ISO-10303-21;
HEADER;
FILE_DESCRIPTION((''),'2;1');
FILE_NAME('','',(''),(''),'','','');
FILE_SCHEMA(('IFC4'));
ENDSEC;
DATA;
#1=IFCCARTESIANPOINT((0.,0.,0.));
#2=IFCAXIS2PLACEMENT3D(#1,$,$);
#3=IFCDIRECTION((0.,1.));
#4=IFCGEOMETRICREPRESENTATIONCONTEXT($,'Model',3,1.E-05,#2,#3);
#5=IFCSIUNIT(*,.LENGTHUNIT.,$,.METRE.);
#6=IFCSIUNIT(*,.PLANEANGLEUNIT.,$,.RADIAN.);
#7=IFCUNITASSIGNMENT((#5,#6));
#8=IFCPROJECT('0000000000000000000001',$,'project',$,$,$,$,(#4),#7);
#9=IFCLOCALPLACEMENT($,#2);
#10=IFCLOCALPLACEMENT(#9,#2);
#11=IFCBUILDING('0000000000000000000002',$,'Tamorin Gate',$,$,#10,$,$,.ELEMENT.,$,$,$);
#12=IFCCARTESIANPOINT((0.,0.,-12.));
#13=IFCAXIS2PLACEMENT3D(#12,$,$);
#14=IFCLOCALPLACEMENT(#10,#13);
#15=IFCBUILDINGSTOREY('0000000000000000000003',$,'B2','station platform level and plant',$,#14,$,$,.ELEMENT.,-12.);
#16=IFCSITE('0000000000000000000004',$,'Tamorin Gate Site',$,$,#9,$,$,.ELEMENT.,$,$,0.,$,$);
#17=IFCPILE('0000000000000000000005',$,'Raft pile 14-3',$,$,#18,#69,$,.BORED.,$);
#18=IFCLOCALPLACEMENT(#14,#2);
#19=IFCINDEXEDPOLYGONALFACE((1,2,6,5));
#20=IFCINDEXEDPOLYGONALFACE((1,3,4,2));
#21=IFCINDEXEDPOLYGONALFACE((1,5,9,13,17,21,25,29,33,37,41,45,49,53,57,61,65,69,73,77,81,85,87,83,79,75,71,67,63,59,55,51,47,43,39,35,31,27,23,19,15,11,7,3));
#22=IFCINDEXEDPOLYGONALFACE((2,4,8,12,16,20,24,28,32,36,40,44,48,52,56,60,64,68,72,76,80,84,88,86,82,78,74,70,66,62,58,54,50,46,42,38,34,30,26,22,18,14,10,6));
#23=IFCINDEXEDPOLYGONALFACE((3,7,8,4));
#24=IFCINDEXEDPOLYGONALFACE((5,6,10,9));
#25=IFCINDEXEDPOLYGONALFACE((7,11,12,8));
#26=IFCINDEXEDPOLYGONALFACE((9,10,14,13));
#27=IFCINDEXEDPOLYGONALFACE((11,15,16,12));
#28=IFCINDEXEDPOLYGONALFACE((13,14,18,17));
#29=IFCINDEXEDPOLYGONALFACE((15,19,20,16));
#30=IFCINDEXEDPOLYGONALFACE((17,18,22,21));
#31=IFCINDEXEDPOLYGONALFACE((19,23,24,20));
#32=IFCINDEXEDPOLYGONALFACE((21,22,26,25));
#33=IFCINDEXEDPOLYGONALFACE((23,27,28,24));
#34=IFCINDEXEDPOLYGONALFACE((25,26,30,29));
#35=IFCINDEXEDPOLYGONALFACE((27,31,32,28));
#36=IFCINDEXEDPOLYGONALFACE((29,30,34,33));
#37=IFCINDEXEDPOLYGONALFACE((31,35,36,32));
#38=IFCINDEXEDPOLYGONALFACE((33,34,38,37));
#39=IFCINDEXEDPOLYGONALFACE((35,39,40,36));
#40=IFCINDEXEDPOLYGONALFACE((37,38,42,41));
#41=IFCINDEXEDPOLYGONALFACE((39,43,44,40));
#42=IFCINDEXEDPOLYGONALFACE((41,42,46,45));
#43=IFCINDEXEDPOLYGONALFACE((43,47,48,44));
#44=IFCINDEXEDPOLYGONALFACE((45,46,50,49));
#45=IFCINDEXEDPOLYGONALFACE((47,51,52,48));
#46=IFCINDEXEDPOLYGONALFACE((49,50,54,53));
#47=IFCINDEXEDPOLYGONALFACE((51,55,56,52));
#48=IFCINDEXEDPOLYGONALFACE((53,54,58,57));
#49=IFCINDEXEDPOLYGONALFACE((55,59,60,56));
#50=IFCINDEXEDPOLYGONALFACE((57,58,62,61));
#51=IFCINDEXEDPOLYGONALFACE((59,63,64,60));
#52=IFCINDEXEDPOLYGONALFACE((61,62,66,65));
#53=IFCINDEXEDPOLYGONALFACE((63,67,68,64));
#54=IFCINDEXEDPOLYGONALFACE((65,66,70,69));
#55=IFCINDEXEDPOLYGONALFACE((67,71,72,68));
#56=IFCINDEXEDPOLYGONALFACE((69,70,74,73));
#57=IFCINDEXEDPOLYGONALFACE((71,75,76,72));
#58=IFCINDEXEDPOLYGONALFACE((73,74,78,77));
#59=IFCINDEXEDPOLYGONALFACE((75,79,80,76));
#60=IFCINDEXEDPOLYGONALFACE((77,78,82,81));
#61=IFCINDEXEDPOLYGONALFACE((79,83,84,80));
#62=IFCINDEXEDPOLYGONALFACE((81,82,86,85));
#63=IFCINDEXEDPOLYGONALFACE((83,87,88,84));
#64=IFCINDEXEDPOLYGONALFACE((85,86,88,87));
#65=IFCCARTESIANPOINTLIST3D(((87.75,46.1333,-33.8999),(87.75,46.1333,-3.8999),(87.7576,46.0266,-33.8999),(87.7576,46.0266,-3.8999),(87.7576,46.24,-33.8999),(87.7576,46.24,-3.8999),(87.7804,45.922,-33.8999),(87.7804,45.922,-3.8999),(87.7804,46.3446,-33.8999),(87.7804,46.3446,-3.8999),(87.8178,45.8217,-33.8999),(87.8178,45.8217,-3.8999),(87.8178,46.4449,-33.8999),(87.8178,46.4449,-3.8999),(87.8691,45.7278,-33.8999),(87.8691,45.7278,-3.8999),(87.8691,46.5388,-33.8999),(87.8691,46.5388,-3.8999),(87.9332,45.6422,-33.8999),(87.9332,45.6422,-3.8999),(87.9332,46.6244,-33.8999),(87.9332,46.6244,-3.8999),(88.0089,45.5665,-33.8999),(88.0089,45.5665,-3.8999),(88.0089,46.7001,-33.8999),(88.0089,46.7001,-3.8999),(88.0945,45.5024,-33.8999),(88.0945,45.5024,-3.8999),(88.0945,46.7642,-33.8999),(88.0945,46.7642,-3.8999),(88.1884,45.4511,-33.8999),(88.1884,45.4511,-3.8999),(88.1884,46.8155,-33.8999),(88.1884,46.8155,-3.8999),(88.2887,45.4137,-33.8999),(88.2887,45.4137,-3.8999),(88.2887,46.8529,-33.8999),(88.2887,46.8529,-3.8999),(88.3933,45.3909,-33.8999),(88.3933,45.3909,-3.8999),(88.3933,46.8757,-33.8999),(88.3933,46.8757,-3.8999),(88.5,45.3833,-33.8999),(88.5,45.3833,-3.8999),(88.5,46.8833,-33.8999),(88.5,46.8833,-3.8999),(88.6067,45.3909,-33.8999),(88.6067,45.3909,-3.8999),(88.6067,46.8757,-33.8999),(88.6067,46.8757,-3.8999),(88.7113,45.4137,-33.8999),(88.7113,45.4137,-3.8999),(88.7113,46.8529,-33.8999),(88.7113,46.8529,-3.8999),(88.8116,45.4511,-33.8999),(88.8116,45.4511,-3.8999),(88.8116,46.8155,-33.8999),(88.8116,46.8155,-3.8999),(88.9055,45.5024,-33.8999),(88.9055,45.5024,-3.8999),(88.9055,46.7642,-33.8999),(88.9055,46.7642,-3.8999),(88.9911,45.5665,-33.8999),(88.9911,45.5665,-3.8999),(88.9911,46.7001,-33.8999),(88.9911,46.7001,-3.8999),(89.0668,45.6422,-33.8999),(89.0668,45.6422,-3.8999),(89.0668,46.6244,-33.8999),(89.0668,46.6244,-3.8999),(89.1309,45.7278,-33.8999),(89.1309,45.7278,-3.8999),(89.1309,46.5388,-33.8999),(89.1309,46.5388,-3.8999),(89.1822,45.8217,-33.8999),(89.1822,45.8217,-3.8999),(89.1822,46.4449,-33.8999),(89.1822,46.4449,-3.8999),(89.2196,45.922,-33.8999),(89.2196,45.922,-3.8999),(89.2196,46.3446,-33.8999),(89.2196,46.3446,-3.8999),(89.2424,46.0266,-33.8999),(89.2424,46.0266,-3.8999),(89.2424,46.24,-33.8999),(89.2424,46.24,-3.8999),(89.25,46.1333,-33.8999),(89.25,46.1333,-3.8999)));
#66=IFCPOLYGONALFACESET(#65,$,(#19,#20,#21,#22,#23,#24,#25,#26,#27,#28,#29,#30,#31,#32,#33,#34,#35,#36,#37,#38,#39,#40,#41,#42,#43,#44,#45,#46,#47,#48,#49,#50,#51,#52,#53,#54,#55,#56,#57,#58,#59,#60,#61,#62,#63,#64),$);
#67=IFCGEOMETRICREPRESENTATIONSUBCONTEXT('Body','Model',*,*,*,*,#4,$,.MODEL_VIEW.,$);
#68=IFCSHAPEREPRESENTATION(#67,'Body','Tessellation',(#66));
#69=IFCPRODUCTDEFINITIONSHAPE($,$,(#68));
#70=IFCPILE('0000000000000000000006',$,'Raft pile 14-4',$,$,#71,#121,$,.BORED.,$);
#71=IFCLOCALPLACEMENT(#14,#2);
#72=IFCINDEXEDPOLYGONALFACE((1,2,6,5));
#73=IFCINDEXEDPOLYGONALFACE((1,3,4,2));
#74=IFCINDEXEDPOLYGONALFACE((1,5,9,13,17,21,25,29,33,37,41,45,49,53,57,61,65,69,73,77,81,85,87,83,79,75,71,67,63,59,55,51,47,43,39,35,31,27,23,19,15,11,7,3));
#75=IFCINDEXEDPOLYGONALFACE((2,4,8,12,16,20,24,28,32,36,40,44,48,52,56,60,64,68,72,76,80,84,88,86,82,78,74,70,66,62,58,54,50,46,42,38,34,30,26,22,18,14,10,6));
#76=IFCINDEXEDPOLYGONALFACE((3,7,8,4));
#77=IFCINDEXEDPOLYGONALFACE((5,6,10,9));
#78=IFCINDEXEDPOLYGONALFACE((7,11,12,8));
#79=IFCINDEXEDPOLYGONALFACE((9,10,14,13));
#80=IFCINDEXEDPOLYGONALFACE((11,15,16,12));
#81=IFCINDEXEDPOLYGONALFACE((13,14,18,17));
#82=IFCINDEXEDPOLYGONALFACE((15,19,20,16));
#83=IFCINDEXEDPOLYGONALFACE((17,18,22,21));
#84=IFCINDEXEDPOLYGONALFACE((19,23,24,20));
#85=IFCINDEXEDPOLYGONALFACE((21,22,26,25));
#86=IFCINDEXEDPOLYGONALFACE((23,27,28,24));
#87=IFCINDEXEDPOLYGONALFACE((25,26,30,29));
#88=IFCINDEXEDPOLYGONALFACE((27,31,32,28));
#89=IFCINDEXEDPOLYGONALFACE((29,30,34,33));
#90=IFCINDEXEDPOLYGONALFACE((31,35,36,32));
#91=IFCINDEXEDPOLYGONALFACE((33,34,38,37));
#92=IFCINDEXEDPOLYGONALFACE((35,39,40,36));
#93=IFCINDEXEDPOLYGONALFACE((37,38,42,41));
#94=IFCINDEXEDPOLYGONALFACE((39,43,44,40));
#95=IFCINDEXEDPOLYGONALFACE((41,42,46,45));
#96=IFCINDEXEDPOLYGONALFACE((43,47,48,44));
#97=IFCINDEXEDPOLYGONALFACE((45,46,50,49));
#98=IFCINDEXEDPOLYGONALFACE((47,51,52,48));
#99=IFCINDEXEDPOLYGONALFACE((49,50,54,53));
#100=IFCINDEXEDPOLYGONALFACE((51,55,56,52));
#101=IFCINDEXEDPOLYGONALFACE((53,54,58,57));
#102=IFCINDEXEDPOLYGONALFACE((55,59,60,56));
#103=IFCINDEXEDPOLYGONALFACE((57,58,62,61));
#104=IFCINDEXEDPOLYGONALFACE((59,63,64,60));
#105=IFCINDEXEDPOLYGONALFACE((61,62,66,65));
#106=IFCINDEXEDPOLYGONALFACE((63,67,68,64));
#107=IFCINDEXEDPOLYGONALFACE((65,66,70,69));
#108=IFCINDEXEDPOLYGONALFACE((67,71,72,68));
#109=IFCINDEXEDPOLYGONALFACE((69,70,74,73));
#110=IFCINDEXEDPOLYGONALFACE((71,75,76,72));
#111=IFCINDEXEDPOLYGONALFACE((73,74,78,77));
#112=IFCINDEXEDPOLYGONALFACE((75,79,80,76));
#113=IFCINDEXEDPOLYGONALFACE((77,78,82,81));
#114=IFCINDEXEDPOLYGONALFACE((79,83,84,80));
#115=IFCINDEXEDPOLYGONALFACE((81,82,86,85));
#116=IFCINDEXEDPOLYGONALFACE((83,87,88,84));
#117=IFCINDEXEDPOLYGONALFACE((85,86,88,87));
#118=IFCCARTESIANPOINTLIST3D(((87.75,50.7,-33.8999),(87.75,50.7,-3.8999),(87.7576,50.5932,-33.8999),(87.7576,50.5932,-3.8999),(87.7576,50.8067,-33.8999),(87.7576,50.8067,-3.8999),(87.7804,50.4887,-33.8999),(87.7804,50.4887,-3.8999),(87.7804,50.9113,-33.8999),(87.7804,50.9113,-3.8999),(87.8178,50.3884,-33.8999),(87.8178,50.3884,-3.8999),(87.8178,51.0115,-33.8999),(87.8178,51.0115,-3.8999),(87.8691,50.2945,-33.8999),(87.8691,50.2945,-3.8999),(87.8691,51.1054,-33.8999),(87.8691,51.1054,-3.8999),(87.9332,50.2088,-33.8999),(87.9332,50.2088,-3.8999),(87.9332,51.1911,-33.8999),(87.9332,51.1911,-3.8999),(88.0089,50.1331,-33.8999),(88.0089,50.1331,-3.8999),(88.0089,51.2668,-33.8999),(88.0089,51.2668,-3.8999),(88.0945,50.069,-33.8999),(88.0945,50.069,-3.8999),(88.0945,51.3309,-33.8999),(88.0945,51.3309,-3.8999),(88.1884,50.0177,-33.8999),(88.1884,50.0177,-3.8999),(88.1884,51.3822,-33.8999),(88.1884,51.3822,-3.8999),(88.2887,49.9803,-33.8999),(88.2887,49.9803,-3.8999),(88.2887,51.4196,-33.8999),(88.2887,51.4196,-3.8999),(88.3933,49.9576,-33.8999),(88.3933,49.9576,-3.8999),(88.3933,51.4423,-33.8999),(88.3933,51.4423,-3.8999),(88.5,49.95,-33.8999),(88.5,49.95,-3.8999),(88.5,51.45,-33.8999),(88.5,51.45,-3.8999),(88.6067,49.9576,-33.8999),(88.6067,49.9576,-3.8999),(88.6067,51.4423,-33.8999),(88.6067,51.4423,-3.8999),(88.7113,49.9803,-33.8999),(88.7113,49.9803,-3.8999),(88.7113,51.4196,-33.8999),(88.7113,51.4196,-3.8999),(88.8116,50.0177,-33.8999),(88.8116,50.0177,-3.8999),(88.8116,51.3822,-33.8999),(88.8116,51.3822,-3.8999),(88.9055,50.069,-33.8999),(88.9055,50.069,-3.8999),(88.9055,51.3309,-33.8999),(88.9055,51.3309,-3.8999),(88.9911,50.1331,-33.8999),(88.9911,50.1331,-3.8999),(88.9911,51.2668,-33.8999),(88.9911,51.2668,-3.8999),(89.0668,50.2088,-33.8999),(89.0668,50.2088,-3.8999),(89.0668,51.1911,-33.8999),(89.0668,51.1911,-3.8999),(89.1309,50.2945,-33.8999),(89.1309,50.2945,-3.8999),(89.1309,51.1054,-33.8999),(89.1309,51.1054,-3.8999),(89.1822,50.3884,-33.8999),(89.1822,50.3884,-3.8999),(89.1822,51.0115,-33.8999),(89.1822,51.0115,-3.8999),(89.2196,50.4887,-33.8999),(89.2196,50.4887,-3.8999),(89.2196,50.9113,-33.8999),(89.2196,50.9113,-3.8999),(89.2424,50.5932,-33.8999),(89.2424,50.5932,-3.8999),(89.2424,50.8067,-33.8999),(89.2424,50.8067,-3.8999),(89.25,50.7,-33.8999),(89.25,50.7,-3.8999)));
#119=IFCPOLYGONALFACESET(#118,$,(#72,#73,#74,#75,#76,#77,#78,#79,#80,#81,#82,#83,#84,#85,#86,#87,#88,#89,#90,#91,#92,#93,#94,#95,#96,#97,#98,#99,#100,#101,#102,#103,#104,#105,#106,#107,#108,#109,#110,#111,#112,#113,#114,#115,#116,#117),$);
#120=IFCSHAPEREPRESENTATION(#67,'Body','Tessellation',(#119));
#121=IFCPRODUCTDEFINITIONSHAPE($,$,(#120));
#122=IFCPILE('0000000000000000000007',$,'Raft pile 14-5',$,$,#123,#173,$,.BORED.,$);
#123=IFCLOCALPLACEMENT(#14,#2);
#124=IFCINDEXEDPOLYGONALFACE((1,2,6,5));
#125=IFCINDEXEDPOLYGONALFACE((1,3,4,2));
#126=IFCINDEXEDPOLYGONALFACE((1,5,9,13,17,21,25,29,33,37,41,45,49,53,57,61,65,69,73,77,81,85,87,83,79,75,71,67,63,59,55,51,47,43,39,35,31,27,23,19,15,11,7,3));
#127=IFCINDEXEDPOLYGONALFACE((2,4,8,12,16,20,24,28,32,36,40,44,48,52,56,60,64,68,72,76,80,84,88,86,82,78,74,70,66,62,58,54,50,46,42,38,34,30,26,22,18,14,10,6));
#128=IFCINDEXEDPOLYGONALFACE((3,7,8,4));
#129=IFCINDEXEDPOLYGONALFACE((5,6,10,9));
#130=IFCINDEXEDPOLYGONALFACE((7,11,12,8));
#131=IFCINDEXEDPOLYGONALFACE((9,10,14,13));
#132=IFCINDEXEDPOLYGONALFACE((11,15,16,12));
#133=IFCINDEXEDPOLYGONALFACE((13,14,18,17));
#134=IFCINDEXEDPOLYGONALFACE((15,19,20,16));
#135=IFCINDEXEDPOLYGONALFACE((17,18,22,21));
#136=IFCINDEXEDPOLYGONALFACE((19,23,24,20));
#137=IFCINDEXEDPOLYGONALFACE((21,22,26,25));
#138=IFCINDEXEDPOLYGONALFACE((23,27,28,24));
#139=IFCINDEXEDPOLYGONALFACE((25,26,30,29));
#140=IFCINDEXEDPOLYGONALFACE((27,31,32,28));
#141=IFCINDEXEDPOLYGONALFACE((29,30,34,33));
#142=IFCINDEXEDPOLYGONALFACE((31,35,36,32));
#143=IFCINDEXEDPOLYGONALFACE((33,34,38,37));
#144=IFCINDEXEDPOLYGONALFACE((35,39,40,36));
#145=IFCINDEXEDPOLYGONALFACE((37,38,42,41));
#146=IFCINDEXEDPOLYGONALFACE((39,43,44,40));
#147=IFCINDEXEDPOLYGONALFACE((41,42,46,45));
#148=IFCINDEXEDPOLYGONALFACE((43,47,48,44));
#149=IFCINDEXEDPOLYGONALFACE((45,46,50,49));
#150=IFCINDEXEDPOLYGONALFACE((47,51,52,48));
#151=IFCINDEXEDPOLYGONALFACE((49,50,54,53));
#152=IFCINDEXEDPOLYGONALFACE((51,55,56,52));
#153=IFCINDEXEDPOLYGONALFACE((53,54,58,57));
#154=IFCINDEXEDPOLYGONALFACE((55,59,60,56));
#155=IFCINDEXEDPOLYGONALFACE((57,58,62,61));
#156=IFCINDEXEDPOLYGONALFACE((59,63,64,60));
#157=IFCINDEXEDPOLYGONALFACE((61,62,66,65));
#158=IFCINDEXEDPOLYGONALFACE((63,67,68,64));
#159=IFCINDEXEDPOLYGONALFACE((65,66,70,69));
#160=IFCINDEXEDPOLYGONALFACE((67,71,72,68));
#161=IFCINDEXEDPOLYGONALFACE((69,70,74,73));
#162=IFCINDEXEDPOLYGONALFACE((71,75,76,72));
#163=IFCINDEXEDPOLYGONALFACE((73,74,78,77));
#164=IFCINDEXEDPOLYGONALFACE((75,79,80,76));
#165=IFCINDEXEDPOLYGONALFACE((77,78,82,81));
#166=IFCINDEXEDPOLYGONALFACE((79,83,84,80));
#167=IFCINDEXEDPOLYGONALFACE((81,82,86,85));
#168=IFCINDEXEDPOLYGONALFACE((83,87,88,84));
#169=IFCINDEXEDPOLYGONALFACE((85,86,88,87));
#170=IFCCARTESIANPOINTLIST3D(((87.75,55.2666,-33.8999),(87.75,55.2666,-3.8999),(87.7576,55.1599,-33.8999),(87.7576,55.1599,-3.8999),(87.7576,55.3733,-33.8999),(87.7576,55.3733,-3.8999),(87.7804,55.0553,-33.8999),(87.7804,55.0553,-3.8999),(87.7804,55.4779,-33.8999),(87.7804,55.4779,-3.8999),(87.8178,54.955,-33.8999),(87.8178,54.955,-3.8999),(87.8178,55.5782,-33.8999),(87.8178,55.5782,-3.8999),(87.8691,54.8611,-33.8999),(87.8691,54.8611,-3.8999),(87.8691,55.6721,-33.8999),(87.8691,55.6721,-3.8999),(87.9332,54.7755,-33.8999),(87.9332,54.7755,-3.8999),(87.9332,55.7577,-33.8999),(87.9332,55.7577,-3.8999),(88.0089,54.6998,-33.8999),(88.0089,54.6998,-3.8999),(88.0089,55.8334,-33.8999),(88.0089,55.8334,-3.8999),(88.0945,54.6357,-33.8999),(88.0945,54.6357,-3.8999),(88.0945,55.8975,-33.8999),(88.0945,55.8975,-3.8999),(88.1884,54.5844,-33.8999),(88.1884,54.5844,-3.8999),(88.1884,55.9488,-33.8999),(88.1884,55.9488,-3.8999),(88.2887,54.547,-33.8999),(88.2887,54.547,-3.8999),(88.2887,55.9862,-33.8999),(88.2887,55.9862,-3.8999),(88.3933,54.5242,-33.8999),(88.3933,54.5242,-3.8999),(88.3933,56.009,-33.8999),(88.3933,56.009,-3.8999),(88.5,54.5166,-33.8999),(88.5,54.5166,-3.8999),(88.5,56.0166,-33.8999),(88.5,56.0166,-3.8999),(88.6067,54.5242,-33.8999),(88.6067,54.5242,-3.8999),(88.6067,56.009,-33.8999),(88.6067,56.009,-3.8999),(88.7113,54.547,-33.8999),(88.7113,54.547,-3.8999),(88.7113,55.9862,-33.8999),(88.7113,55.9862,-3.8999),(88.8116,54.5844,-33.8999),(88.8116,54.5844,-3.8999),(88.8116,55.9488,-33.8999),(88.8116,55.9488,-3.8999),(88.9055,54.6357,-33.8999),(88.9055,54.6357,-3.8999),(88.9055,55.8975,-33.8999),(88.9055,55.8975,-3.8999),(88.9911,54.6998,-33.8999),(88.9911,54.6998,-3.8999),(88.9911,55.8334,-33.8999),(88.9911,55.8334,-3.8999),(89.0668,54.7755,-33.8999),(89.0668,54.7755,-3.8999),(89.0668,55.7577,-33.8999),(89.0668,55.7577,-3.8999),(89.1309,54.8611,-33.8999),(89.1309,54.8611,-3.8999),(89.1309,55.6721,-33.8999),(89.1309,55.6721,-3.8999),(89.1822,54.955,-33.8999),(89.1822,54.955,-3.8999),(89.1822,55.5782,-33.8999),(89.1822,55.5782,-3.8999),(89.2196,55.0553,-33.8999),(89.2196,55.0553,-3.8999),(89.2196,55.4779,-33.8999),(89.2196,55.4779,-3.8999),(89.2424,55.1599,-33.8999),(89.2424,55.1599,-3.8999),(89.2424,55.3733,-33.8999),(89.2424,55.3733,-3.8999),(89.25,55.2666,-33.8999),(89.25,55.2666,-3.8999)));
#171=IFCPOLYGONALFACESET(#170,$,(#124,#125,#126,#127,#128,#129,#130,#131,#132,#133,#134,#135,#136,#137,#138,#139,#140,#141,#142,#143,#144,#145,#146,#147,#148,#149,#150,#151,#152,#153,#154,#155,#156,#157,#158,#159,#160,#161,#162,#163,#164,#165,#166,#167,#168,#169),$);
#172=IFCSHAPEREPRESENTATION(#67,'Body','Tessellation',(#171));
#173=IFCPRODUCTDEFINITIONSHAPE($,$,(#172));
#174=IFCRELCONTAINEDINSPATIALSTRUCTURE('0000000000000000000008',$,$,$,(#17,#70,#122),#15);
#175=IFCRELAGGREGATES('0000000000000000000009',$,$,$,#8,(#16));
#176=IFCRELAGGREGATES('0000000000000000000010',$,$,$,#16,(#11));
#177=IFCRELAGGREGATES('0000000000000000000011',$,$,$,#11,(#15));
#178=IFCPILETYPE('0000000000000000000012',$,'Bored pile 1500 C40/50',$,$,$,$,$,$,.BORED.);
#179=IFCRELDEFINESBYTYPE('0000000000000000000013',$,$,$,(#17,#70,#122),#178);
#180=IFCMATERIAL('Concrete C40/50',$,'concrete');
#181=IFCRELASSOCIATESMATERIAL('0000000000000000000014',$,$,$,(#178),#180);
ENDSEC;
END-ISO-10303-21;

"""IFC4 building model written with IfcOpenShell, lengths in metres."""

from ifc_helpers import new_model, si_unit, direction, frame, origin, origin_2d, place, context, subcontext, project, spatial, circle, extrude, material, material_profile, profile_set, type_object, element, save


model = new_model("IFC4")

# Units and contexts
model_context = context("Model", 3, precision=1e-05, world=origin(), true_north=direction((0.0, 1.0)))
body_context = subcontext(model_context, "Body", "Model", "MODEL_VIEW")
ifc_project = project(units=[si_unit("LENGTHUNIT", "METRE"), si_unit("PLANEANGLEUNIT", "RADIAN")], contexts=[model_context])

# Site, building, storey
site_placement = place(None, origin())
site = spatial("IfcSite", under=ifc_project, at=site_placement, Name="Tamorin Gate Site", CompositionType="ELEMENT", RefElevation=0.0)
building_placement = place(site_placement, origin())
building = spatial("IfcBuilding", under=site, at=building_placement, Name="Tamorin Gate", CompositionType="ELEMENT")
storey_placement = place(building_placement, frame((0.0, 0.0, -12.0)))
storey = spatial("IfcBuildingStorey", under=building, at=storey_placement, Name="B2", Description="station platform level and plant", CompositionType="ELEMENT", Elevation=-12.0)

# Piles
ifc_material_1 = material(Name="Concrete C40/50", Category="concrete")
ifc_material_profile_1 = material_profile(ifc_material_1, circle(Radius=0.75, at=origin_2d()))
ifc_profile_set_1 = profile_set([ifc_material_profile_1], Name="Concrete C40/50")
pile_type = type_object("IfcPileType", Name="Bored pile 1500 C40/50", PredefinedType="BORED", material=ifc_profile_set_1)
for number, where, z_axis, x_axis, name in (
    (1, (88.5, 46.1333, -3.8999), (0.0, 0.0, -1.0), (1.0, 0.0, 0.0), "Raft pile 14-3"),
    (2, (88.5, 50.7, -3.8999), (0.0, 0.0, -1.0), (1.0, 0.0, 0.0), "Raft pile 14-4"),
    (3, (88.5, 55.2666, -3.8999), (0.0, 0.0, -1.0), (1.0, 0.0, 0.0), "Raft pile 14-5"),
):
    element("IfcPile", number, at=place(storey_placement, frame(where, z_axis=z_axis, x_axis=x_axis)), inside=storey, type_object=pile_type, Name=name, PredefinedType="BORED", context=body_context, shape_type="SweptSolid", body=[
        extrude(circle(Radius=0.75, at=origin_2d()), origin(), (0.0, 0.0, 1.0), 30.0),
    ])

save(model, "model.ifc")
